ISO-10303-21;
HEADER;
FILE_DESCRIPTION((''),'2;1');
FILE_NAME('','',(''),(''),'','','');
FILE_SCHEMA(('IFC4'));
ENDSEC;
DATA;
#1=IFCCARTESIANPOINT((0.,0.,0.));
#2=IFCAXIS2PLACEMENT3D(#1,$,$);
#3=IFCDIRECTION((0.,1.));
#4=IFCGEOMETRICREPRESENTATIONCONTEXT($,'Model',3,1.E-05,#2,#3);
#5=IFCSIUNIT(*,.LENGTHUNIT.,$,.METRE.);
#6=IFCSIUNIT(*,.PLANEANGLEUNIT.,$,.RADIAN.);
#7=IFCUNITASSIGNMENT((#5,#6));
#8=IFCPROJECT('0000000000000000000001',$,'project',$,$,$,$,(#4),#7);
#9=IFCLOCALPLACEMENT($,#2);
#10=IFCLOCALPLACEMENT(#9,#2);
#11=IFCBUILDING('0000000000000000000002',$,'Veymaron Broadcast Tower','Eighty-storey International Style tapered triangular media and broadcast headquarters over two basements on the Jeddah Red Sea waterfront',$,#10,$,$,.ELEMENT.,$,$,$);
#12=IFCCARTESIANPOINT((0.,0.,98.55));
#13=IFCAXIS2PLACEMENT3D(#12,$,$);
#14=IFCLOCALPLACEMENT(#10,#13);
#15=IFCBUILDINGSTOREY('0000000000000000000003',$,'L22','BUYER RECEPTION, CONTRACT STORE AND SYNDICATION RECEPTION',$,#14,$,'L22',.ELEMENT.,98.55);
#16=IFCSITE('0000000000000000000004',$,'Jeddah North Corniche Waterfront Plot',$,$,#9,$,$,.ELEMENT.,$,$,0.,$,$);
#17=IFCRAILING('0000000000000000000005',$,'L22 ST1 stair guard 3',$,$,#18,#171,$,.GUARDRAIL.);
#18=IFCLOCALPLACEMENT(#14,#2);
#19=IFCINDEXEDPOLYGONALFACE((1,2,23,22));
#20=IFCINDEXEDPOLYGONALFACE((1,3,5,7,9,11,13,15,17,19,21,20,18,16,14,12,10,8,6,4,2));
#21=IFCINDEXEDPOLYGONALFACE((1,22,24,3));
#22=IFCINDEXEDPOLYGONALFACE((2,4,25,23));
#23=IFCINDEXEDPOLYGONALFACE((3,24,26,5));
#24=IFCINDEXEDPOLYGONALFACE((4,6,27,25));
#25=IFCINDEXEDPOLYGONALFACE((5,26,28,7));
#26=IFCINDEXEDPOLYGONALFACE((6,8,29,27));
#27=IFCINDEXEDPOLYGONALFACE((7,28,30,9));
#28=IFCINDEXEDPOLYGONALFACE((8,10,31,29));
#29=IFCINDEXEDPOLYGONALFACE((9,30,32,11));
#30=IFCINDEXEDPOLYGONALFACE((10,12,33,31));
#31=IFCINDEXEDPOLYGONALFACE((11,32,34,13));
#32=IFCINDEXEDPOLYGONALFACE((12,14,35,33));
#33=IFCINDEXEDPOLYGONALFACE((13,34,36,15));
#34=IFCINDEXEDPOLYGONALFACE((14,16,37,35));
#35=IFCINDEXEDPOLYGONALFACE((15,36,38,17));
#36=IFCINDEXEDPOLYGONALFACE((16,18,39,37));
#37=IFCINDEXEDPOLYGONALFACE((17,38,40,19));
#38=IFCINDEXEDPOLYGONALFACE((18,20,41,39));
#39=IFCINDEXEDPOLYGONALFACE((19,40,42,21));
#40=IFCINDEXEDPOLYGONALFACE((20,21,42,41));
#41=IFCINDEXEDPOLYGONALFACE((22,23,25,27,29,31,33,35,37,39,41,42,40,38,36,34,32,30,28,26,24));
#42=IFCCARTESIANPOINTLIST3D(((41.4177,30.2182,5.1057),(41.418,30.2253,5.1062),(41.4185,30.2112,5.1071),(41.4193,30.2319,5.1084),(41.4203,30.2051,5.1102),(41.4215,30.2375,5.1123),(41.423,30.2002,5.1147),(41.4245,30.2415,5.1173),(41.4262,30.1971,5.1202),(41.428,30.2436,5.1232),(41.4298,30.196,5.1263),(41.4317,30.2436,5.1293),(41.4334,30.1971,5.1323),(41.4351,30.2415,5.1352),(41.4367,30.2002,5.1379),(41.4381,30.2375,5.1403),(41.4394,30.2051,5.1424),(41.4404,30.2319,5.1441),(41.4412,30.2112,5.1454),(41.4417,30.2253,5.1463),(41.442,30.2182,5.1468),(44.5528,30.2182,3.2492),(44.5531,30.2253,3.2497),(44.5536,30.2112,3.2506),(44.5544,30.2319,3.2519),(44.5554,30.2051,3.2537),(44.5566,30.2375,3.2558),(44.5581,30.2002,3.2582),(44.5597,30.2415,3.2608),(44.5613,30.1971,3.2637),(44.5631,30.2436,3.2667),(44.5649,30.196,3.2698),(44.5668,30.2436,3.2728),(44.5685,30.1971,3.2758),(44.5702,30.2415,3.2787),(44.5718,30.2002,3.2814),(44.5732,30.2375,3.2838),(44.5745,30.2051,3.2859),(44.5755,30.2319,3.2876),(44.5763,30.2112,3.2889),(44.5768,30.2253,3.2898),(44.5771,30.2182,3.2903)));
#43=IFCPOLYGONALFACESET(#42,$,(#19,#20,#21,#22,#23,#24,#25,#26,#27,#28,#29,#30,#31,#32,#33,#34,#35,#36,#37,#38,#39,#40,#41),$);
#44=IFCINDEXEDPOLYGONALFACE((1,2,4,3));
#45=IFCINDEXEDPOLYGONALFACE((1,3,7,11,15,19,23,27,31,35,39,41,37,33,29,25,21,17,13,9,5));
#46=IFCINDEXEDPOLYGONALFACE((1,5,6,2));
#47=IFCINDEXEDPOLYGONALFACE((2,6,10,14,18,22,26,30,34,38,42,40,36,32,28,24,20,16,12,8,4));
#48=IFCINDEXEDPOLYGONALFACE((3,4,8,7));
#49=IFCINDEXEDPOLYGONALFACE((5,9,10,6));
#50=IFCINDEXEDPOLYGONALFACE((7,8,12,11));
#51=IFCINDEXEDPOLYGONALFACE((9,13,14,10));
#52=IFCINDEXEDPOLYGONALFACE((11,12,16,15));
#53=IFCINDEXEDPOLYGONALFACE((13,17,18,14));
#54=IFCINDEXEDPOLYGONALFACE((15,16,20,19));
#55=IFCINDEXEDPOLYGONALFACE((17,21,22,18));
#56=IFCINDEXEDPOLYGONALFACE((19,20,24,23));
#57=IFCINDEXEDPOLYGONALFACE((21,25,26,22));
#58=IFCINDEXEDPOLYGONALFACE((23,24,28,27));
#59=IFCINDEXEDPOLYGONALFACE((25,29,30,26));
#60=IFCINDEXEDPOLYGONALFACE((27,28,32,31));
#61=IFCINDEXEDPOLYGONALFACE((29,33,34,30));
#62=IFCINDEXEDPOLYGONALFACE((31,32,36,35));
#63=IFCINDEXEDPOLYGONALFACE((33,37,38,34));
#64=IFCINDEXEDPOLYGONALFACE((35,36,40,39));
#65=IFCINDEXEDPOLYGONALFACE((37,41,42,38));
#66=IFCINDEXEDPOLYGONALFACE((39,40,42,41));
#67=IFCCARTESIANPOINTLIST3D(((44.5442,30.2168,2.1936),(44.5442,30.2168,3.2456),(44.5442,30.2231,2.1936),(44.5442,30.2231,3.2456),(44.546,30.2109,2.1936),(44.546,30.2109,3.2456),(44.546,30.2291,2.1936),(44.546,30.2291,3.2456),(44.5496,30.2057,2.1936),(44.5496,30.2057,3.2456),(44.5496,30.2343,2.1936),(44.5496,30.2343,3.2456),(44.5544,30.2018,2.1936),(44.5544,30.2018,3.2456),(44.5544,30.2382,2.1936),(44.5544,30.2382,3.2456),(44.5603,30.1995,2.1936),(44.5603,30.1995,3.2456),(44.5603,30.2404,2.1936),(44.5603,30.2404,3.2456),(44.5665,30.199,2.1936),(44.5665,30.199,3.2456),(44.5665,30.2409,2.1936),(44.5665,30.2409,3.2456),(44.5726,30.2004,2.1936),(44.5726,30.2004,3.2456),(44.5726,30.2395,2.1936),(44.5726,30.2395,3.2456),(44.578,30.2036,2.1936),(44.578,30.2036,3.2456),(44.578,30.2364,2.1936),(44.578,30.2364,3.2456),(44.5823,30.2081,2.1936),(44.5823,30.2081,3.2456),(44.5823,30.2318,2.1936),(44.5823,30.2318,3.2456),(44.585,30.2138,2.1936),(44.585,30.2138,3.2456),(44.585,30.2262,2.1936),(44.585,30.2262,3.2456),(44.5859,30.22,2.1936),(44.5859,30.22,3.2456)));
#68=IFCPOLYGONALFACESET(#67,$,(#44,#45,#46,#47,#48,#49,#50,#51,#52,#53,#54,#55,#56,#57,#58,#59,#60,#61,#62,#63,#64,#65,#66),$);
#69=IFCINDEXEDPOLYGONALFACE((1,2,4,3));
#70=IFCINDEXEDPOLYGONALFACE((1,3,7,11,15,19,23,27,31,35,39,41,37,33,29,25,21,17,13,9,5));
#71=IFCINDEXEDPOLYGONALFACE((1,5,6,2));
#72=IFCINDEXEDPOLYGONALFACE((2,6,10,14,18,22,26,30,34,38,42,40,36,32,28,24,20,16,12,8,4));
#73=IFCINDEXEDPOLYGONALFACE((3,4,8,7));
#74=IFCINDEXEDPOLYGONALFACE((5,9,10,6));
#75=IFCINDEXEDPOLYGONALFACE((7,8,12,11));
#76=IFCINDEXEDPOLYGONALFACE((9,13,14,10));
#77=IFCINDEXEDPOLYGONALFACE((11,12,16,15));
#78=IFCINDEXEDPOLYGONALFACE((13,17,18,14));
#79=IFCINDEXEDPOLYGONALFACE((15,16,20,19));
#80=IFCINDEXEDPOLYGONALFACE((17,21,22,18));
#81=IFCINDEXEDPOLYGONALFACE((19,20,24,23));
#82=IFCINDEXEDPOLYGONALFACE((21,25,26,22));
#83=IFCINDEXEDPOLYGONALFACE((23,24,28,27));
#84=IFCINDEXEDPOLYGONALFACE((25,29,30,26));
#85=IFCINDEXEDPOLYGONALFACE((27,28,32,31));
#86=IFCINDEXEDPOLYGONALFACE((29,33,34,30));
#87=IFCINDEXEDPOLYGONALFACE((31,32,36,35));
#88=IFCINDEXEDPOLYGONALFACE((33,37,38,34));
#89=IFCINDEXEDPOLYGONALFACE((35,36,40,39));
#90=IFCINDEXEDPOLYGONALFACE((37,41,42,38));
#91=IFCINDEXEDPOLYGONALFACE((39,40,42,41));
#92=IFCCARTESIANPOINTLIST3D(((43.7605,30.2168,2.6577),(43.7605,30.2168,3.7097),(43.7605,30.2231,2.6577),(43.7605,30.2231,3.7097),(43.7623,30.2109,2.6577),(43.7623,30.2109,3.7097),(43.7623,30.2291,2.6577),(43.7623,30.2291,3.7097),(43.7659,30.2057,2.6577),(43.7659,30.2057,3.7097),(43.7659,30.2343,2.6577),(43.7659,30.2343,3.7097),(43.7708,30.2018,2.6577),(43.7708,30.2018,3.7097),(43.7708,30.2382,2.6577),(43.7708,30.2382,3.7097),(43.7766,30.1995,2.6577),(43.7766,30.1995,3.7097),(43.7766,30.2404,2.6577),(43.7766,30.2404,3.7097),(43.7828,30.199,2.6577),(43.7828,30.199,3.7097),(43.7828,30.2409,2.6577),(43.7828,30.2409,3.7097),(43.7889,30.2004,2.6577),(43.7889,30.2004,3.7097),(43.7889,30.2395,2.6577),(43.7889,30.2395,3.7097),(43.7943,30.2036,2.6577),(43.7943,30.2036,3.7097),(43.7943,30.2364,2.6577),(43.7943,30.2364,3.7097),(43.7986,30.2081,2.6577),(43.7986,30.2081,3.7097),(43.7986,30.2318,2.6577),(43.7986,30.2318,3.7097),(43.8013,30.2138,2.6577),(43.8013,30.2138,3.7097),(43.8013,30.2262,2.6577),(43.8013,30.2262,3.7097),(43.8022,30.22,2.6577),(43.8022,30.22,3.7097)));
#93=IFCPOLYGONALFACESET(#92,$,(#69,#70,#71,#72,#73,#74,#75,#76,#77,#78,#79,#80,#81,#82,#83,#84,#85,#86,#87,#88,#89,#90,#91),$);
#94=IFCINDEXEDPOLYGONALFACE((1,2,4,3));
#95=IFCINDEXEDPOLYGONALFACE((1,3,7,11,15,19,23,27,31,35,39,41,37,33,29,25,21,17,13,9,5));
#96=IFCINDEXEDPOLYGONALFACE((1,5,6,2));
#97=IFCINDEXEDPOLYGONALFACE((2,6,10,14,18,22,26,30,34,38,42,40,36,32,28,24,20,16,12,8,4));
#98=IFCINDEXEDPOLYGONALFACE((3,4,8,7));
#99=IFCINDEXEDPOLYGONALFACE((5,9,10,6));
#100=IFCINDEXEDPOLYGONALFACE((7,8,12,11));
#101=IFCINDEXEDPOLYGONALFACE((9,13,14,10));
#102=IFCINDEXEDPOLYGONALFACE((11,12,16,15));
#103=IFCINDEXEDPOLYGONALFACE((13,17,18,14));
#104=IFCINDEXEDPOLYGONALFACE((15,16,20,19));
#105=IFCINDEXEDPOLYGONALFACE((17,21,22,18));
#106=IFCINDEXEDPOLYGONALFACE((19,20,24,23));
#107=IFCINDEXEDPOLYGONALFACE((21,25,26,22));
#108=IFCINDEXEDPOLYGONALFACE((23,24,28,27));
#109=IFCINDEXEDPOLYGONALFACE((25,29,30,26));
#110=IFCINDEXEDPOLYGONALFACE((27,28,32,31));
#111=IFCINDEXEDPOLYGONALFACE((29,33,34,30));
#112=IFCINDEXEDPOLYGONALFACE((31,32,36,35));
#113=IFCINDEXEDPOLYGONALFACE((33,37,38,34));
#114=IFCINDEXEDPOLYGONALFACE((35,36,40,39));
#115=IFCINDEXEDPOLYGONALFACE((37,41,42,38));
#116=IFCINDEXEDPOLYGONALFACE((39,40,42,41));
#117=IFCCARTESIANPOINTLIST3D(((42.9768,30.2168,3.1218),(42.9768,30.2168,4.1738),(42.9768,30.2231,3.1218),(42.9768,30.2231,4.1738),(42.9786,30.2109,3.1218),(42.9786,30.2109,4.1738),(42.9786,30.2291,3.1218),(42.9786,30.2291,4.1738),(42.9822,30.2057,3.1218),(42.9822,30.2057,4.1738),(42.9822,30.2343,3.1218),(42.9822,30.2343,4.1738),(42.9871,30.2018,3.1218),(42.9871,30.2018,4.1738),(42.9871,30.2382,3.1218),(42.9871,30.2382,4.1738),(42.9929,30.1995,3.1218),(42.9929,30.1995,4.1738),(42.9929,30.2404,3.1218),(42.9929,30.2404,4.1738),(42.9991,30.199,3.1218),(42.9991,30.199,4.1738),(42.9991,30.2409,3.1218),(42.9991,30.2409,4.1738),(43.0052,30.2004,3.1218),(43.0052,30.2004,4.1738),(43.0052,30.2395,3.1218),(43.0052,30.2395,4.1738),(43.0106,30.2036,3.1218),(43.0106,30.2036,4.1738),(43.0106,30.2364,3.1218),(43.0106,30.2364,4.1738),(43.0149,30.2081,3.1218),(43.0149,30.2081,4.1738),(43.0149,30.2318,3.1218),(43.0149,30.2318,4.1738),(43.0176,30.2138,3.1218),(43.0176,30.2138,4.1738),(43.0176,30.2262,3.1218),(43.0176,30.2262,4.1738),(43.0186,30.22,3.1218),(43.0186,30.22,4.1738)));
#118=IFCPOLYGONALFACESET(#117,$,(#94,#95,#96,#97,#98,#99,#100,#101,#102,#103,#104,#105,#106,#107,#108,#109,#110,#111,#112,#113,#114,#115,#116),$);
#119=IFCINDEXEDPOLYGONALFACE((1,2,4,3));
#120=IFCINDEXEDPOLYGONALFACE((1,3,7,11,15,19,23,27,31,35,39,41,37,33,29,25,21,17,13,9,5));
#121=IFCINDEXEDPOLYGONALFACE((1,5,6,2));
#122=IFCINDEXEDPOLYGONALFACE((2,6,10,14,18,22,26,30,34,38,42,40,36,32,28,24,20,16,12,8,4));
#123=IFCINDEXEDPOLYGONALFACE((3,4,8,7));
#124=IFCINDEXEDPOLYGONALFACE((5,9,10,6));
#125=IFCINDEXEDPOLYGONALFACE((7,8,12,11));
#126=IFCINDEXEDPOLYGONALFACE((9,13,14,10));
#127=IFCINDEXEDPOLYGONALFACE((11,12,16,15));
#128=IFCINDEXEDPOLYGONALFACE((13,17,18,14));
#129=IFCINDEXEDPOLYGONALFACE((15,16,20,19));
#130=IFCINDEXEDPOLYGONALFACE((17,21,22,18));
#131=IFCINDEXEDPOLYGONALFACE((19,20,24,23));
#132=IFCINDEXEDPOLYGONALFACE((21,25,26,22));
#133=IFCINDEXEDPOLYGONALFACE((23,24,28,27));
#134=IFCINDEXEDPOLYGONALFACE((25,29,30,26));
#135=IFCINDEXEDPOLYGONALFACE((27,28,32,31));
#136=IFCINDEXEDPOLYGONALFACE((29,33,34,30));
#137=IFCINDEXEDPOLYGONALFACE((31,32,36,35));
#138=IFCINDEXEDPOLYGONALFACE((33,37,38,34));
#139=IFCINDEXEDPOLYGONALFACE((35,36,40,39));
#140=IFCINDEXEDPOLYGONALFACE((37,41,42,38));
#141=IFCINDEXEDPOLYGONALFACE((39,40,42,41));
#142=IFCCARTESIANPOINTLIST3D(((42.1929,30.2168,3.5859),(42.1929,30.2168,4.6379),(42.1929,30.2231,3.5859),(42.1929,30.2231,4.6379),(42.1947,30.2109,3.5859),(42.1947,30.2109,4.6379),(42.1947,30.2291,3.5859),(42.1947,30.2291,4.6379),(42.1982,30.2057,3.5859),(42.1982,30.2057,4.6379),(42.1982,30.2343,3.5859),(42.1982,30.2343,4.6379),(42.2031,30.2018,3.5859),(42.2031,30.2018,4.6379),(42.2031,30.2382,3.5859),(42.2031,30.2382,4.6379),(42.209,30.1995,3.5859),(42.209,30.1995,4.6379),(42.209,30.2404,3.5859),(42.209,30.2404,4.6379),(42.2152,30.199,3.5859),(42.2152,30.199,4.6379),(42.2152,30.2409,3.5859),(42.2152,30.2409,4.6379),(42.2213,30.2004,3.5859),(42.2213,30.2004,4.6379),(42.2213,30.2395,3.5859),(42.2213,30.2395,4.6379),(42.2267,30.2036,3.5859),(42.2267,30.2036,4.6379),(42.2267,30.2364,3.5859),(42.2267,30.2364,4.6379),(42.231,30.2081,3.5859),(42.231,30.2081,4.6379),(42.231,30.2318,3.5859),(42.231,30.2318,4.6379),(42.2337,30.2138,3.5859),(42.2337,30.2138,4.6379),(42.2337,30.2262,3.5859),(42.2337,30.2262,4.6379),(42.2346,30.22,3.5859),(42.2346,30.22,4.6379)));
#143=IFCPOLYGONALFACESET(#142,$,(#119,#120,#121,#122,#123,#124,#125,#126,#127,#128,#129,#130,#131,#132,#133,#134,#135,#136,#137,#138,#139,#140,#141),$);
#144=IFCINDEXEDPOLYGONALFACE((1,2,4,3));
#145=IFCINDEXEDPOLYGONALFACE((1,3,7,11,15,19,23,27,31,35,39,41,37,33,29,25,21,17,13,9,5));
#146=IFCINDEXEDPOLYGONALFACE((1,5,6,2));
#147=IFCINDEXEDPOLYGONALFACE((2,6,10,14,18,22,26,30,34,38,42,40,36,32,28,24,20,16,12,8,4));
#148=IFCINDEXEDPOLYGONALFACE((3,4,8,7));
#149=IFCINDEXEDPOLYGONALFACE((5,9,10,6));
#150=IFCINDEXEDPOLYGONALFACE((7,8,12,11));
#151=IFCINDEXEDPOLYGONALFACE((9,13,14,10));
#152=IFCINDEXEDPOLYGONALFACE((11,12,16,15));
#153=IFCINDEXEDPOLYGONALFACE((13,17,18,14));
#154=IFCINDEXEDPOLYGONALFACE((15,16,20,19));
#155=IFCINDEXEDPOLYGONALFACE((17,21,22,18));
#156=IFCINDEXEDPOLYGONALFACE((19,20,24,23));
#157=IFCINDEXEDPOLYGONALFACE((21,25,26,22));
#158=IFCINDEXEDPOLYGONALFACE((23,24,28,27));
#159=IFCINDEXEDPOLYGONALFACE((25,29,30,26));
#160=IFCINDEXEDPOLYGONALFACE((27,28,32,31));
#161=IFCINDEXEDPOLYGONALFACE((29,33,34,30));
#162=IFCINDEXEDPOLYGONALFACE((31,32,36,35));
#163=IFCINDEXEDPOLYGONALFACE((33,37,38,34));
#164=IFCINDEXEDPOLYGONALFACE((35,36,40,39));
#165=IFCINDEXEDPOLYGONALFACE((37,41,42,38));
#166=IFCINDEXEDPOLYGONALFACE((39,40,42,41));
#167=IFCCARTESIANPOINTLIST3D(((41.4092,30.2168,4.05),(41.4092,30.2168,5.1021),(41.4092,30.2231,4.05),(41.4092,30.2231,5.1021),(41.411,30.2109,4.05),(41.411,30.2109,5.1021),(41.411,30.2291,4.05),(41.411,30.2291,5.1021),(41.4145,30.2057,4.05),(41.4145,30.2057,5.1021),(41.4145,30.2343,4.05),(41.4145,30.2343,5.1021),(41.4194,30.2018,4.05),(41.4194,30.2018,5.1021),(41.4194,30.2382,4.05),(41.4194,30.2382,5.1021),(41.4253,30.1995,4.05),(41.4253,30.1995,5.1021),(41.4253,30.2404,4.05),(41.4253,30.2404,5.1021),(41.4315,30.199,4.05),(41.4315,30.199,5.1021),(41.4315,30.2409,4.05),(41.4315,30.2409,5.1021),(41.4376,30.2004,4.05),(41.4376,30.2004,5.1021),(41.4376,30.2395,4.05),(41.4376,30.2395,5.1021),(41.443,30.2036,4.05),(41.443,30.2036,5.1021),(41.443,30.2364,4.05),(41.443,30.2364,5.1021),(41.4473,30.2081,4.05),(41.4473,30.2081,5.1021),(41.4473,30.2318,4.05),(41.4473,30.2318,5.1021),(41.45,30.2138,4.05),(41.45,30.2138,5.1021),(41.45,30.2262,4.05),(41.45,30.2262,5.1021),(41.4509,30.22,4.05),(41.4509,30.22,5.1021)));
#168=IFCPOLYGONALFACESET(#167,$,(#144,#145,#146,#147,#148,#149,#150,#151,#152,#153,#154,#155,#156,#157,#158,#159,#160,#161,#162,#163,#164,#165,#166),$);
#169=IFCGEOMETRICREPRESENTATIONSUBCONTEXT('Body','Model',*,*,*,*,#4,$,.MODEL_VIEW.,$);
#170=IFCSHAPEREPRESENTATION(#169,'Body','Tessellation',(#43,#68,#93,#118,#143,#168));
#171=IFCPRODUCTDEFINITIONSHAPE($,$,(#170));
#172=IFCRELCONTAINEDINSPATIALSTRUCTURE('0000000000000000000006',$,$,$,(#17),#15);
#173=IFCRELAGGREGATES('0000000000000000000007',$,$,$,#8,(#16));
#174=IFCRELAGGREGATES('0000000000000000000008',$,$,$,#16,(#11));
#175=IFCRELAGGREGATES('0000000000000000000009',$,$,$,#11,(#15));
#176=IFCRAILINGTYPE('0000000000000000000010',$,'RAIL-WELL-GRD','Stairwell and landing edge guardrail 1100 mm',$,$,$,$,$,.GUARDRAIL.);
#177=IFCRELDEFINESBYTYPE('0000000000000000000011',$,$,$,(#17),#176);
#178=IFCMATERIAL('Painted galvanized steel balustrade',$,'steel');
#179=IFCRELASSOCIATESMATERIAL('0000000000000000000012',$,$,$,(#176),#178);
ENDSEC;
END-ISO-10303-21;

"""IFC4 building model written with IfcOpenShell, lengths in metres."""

from ifc_helpers import new_model, si_unit, direction, frame, origin, origin_2d, place, context, subcontext, project, spatial, circle, extrude, material, type_object, element, save


model = new_model("IFC4")

# Units and contexts
model_context = context("Model", 3, precision=1e-05, world=origin(), true_north=direction((0.0, 1.0)))
body_context = subcontext(model_context, "Body", "Model", "MODEL_VIEW")
ifc_project = project(units=[si_unit("LENGTHUNIT", "METRE"), si_unit("PLANEANGLEUNIT", "RADIAN")], contexts=[model_context])

# Site, building, storey
site_placement = place(None, origin())
site = spatial("IfcSite", under=ifc_project, at=site_placement, Name="Jeddah North Corniche Waterfront Plot", CompositionType="ELEMENT", RefElevation=0.0)
building_placement = place(site_placement, origin())
building = spatial("IfcBuilding", under=site, at=building_placement, Name="Veymaron Broadcast Tower", Description="Eighty-storey International Style tapered triangular media and broadcast headquarters over two basements on the Jeddah Red Sea waterfront", CompositionType="ELEMENT")
storey_placement = place(building_placement, frame((0.0, 0.0, 98.55)))
storey = spatial("IfcBuildingStorey", under=building, at=storey_placement, Name="L22", Description="BUYER RECEPTION, CONTRACT STORE AND SYNDICATION RECEPTION", LongName="L22", CompositionType="ELEMENT", Elevation=98.55)

# Railing
ifc_material_1 = material(Name="Painted galvanized steel balustrade", Category="steel")
railing_type_1 = type_object("IfcRailingType", Name="RAIL-WELL-GRD", Description="Stairwell and landing edge guardrail 1100 mm", PredefinedType="GUARDRAIL", material=ifc_material_1)
railing_1_placement = place(storey_placement, frame((44.5649, 30.22, 2.1936)))
element("IfcRailing", 1, at=railing_1_placement, inside=storey, type_object=railing_type_1, Name="L22 ST1 stair guard 3", PredefinedType="GUARDRAIL", context=body_context, shape_type="SweptSolid", body=[
    extrude(circle(Radius=0.0239, at=origin_2d()), frame((0.0, 0.0, 1.0762), z_axis=(-0.860453, 0.0, 0.509531), x_axis=(0.0, -1.0, 0.0)), (0.0, 0.0, 1.0), 3.6436),
    extrude(circle(Radius=0.021, at=origin_2d()), origin(), (0.0, 0.0, 1.0), 1.052),
    extrude(circle(Radius=0.021, at=origin_2d()), frame((-0.7837, 0.0, 0.4641)), (0.0, 0.0, 1.0), 1.052),
    extrude(circle(Radius=0.021, at=origin_2d()), frame((-1.5674, 0.0, 0.9282)), (0.0, 0.0, 1.0), 1.052),
    extrude(circle(Radius=0.021, at=origin_2d()), frame((-2.3513, 0.0, 1.3923)), (0.0, 0.0, 1.0), 1.052),
    extrude(circle(Radius=0.021, at=origin_2d()), frame((-3.135, 0.0, 1.8564)), (0.0, 0.0, 1.0), 1.052),
])

save(model, "model.ifc")
